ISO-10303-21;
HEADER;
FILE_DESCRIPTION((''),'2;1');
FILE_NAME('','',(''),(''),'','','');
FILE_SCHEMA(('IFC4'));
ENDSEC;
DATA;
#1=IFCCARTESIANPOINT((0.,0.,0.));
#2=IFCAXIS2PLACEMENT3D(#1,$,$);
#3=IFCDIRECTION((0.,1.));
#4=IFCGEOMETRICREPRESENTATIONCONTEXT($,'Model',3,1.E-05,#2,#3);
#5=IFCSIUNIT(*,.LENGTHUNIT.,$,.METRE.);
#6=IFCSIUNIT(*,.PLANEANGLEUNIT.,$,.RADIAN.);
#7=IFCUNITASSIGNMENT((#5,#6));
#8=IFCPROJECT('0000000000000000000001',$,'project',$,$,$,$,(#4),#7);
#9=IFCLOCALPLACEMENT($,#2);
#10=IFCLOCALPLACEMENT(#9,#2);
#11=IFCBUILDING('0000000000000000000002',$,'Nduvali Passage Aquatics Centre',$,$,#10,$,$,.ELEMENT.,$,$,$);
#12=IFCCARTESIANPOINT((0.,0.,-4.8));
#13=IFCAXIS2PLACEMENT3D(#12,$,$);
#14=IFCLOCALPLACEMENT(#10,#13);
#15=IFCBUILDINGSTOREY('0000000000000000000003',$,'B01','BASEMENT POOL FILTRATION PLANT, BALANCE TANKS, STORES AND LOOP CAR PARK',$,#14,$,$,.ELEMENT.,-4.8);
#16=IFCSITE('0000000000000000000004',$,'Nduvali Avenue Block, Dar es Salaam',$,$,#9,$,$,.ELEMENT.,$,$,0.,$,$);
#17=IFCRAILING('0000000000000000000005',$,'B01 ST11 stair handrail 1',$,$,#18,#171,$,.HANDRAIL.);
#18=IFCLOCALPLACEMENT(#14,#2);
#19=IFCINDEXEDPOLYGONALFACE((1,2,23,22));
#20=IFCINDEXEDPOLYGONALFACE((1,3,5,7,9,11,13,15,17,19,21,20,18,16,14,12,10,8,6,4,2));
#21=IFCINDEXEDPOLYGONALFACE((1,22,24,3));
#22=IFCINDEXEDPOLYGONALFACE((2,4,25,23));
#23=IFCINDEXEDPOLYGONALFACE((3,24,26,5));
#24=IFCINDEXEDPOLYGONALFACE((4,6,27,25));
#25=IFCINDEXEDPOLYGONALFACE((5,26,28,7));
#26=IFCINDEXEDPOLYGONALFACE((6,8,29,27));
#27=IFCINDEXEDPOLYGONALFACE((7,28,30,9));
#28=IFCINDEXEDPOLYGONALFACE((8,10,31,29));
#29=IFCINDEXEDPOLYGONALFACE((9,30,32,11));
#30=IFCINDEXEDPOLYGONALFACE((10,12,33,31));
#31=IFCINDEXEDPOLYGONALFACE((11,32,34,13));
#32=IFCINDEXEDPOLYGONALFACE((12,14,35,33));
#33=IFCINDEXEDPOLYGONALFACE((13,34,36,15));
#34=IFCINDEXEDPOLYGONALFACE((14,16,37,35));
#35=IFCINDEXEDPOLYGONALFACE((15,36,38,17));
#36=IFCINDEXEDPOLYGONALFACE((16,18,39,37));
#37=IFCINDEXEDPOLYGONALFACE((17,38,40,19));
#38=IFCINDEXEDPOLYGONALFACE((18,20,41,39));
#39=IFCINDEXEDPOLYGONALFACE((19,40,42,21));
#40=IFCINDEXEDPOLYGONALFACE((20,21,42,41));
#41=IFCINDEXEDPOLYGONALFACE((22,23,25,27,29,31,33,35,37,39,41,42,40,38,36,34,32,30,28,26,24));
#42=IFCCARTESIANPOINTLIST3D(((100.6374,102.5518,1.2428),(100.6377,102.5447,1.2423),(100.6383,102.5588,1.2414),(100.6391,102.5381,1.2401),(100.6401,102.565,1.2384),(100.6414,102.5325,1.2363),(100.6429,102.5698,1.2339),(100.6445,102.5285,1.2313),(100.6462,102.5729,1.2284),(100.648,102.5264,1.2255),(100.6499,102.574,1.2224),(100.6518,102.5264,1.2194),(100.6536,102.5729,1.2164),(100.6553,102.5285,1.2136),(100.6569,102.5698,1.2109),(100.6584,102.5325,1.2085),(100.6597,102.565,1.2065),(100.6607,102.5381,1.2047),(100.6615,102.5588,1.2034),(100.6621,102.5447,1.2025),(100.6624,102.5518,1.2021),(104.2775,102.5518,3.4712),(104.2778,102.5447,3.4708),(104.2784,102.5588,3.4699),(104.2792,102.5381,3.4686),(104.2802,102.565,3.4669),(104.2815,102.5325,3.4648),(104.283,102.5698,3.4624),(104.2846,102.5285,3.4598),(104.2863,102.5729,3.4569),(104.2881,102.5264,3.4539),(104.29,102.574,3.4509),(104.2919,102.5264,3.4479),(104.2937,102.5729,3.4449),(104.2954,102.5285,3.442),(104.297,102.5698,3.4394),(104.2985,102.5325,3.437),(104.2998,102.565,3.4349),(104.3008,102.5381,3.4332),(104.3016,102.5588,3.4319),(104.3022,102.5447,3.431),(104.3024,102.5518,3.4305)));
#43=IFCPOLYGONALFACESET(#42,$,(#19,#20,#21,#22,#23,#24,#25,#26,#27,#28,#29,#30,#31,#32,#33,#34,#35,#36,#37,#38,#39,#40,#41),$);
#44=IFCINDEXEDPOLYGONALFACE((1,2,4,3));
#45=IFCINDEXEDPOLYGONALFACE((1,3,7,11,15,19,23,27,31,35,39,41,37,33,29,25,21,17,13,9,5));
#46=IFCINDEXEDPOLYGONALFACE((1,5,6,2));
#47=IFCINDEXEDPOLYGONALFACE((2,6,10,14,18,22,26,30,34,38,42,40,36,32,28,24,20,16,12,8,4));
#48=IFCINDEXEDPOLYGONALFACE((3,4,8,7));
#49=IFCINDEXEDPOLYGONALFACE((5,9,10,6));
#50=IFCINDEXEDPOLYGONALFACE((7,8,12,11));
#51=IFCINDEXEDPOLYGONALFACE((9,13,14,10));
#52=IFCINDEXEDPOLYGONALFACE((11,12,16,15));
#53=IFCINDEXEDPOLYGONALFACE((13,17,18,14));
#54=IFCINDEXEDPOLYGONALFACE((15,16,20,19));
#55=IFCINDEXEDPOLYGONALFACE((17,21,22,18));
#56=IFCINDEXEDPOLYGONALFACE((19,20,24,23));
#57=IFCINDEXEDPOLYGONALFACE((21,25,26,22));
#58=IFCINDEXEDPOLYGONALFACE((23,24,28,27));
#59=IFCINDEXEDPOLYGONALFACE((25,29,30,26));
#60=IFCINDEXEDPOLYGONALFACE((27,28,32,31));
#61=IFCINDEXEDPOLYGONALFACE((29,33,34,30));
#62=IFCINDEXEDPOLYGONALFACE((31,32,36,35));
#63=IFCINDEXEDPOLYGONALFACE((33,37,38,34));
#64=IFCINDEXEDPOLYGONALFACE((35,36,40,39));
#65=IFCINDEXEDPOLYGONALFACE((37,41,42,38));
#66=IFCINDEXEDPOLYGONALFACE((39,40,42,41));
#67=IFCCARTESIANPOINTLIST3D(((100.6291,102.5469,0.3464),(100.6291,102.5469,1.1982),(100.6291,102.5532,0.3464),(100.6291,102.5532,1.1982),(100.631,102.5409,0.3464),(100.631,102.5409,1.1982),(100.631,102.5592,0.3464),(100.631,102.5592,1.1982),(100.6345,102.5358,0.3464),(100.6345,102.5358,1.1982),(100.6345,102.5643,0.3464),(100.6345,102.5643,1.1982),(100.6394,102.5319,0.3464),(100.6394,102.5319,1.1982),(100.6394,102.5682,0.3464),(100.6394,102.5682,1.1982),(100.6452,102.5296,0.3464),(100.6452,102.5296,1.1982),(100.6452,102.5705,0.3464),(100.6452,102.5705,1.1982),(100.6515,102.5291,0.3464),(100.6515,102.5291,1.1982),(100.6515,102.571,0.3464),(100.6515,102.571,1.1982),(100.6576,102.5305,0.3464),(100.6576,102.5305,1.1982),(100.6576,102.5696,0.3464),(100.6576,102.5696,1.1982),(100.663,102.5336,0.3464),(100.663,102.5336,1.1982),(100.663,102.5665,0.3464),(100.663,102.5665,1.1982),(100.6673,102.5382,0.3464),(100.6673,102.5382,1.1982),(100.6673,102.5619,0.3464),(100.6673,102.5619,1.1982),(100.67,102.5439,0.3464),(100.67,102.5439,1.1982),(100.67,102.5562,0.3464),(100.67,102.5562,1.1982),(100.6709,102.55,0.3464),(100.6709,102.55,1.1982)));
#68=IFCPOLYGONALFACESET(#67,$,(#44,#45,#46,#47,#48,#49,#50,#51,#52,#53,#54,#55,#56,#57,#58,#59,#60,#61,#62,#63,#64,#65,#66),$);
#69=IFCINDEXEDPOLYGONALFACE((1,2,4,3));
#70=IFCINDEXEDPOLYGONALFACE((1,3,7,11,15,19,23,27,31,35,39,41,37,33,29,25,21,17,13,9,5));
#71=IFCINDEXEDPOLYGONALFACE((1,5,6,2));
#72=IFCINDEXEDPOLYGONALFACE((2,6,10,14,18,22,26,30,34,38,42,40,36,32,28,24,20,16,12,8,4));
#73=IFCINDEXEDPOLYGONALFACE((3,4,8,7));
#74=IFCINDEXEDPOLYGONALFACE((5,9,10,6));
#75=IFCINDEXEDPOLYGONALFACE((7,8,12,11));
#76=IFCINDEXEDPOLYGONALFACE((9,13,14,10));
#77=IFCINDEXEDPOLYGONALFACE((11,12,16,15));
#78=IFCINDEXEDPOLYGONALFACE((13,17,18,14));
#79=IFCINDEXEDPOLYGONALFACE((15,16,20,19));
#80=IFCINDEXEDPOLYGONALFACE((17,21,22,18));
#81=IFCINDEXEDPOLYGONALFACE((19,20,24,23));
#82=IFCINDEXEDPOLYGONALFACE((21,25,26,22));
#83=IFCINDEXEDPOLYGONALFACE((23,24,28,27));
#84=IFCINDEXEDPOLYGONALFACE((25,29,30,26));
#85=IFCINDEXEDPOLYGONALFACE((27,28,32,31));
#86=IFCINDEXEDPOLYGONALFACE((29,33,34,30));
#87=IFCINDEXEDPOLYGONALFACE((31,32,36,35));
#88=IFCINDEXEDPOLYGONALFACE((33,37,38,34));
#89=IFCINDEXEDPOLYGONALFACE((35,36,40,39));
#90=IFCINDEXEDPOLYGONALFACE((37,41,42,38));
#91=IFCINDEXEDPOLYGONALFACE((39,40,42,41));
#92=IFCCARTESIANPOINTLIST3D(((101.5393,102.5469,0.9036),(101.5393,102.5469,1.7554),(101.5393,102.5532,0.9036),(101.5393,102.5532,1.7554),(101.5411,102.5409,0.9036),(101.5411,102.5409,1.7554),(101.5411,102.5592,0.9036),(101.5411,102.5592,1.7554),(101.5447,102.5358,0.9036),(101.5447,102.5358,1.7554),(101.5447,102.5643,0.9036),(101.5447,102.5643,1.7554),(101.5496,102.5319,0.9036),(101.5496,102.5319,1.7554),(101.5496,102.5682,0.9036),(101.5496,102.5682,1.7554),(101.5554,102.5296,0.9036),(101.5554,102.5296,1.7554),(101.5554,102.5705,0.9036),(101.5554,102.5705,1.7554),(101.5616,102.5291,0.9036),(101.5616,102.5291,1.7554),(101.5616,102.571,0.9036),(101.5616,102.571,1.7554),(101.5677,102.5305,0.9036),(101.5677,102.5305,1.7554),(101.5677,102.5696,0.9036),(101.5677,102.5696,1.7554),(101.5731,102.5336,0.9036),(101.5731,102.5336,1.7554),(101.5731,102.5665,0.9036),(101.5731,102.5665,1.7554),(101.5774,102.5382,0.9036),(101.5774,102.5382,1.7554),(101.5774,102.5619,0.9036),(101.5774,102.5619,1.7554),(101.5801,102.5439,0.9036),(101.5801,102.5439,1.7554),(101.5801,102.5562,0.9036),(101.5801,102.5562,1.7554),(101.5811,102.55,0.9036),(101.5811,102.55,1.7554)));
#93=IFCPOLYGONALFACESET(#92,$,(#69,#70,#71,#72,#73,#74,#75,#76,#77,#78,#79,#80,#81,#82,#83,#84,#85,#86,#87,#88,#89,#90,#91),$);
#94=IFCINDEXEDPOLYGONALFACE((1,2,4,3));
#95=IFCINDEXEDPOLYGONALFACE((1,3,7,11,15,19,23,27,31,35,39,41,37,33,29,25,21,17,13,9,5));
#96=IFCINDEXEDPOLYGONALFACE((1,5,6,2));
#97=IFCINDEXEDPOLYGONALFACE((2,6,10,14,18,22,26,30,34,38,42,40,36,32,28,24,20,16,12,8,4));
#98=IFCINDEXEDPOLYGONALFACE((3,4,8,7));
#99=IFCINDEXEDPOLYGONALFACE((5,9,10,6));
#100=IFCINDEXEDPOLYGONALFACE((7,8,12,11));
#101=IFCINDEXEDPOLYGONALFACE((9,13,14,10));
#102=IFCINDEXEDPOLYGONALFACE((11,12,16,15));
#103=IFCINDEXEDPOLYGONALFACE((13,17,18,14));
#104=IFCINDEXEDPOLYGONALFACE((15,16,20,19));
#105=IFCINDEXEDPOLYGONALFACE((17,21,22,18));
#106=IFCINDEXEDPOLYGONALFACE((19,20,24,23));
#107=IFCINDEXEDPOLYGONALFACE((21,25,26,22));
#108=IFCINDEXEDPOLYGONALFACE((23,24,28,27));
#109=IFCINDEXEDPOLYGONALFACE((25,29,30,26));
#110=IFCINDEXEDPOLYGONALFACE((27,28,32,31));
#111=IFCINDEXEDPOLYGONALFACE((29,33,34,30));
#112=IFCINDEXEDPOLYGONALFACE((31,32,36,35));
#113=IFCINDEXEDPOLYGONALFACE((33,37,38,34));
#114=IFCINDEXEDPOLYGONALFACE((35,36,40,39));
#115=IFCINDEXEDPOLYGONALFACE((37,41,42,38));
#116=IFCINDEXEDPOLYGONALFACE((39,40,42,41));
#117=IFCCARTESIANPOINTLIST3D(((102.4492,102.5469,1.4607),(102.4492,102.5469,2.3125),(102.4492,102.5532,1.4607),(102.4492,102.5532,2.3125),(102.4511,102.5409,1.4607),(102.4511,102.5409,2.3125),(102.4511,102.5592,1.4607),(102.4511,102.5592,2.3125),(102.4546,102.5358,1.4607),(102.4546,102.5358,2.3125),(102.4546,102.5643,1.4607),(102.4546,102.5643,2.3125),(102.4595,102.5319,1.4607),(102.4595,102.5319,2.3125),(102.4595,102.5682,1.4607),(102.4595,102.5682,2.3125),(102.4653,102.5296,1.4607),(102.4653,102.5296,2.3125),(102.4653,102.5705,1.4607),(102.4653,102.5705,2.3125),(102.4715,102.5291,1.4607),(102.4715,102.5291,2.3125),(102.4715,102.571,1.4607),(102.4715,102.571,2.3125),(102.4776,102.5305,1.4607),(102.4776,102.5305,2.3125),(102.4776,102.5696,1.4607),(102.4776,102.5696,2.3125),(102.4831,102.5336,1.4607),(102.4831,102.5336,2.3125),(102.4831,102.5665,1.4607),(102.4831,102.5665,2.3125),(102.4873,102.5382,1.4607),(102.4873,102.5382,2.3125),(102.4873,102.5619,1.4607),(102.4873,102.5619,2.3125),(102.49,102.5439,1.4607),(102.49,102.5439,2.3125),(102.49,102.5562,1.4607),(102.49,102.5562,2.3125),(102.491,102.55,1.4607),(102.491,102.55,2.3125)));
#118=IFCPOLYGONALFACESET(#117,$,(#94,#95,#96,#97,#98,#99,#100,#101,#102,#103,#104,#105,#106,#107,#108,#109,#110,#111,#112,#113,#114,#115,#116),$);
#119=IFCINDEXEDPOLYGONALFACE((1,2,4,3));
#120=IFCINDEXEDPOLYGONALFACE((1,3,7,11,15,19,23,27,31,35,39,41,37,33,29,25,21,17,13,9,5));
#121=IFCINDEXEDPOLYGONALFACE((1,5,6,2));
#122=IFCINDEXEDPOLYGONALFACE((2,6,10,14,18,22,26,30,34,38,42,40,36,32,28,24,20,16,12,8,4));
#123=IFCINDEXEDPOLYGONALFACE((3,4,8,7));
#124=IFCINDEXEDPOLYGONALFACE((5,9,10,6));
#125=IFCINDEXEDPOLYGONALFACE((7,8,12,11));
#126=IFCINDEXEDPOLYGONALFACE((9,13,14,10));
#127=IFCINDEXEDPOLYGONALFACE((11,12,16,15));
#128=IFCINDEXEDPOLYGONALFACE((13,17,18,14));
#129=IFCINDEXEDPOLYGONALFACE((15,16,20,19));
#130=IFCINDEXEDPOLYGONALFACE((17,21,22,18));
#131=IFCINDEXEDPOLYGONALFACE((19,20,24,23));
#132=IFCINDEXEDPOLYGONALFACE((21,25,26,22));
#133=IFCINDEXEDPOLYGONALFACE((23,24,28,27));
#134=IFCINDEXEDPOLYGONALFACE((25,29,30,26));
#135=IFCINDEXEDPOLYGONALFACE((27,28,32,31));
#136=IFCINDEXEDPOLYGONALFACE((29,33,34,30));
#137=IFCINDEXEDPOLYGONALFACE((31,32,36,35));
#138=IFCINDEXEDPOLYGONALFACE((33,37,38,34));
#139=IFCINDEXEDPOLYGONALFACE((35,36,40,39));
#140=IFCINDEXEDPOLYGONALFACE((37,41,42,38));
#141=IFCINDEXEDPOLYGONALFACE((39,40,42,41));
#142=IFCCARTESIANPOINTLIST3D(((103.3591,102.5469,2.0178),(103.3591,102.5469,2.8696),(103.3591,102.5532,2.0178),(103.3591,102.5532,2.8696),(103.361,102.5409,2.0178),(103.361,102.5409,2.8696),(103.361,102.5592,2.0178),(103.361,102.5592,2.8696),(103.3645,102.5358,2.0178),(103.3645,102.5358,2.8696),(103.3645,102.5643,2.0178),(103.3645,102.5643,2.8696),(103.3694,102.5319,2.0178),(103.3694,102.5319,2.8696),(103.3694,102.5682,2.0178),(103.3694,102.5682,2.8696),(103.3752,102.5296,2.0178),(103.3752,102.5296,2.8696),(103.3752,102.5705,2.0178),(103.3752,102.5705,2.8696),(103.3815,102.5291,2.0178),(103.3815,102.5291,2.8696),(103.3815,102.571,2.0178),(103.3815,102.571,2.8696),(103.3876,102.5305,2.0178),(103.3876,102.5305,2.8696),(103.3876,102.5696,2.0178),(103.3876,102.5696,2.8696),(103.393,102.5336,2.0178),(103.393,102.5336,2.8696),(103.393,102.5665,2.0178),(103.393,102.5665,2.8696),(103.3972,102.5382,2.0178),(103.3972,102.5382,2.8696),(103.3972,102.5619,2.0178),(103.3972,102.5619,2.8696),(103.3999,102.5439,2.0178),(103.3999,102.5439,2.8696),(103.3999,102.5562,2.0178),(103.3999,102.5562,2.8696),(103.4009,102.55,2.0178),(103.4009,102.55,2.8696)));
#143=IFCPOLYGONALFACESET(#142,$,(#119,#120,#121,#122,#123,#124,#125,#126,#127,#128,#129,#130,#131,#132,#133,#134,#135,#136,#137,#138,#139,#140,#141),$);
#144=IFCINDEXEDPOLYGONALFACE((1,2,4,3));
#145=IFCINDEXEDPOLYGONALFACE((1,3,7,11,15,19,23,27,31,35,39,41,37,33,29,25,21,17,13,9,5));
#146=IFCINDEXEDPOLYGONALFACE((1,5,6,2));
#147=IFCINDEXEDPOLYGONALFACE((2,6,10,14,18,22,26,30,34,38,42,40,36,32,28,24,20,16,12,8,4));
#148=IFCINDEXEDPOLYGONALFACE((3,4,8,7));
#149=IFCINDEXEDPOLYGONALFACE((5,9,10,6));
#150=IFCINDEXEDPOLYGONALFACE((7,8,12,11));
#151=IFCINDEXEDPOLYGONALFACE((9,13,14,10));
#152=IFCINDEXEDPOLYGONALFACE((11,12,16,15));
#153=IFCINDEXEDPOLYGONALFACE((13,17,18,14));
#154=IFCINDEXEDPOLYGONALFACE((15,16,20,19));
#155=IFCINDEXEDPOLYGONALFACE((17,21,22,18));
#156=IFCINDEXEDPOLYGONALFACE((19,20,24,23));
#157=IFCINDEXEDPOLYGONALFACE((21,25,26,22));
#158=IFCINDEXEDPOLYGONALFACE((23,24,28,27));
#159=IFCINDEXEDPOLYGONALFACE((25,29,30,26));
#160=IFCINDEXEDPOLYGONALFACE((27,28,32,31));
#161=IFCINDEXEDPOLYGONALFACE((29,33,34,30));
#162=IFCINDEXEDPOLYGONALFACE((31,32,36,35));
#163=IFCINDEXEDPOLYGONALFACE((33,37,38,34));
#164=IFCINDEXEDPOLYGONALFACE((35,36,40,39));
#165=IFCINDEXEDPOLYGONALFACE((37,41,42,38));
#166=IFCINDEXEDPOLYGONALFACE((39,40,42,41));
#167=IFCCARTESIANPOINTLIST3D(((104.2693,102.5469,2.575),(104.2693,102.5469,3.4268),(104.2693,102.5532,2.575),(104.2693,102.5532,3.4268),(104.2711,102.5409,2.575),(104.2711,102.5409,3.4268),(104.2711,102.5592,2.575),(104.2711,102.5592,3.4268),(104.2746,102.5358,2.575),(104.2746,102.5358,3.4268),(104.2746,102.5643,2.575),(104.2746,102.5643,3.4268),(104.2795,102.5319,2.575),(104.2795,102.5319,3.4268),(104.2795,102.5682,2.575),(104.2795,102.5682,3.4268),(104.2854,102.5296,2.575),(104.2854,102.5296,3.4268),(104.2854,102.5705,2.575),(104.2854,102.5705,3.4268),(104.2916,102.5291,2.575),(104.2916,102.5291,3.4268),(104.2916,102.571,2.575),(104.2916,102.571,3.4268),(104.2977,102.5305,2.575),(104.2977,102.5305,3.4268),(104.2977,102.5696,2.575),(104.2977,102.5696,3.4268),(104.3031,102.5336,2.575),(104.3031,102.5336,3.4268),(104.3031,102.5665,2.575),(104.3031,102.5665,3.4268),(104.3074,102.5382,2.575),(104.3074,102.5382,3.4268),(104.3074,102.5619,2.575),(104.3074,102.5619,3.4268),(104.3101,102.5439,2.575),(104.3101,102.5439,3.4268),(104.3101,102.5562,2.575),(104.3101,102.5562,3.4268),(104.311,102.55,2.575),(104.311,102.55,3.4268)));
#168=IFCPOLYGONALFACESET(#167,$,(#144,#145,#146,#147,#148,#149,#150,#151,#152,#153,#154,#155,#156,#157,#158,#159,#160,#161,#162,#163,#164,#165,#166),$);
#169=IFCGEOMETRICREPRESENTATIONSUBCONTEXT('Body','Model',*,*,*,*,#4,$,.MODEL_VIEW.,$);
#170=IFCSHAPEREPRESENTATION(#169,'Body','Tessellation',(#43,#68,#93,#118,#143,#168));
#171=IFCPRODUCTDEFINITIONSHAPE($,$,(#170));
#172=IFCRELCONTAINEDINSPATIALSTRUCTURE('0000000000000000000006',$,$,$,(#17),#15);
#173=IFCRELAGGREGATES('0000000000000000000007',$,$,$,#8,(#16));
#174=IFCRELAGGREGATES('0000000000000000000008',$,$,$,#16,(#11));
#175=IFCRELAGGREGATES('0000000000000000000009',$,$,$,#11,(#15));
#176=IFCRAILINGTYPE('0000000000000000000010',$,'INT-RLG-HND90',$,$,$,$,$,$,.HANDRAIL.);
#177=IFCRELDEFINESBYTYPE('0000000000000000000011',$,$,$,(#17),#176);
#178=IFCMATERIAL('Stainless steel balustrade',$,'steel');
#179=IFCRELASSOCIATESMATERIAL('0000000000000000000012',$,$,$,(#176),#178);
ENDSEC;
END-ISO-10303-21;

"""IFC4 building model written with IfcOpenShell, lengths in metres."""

from ifc_helpers import new_model, si_unit, direction, frame, origin, origin_2d, place, context, subcontext, project, spatial, circle, extrude, material, type_object, element, save


model = new_model("IFC4")

# Units and contexts
model_context = context("Model", 3, precision=1e-05, world=origin(), true_north=direction((0.0, 1.0)))
body_context = subcontext(model_context, "Body", "Model", "MODEL_VIEW")
ifc_project = project(units=[si_unit("LENGTHUNIT", "METRE"), si_unit("PLANEANGLEUNIT", "RADIAN")], contexts=[model_context])

# Site, building, storey
site_placement = place(None, origin())
site = spatial("IfcSite", under=ifc_project, at=site_placement, Name="Nduvali Avenue Block, Dar es Salaam", CompositionType="ELEMENT", RefElevation=0.0)
building_placement = place(site_placement, origin())
building = spatial("IfcBuilding", under=site, at=building_placement, Name="Nduvali Passage Aquatics Centre", CompositionType="ELEMENT")
storey_placement = place(building_placement, frame((0.0, 0.0, -4.8)))
storey = spatial("IfcBuildingStorey", under=building, at=storey_placement, Name="B01", Description="BASEMENT POOL FILTRATION PLANT, BALANCE TANKS, STORES AND LOOP CAR PARK", CompositionType="ELEMENT", Elevation=-4.8)

# Railing
ifc_material_1 = material(Name="Stainless steel balustrade", Category="steel")
railing_type_1 = type_object("IfcRailingType", Name="INT-RLG-HND90", PredefinedType="HANDRAIL", material=ifc_material_1)
railing_1_placement = place(storey_placement, frame((100.6499, 102.55, 0.3464)))
element("IfcRailing", 1, at=railing_1_placement, inside=storey, type_object=railing_type_1, Name="B01 ST11 stair handrail 1", PredefinedType="HANDRAIL", context=body_context, shape_type="SweptSolid", body=[
    extrude(circle(Radius=0.0239, at=origin_2d()), frame((0.0, 0.0, 0.876), z_axis=(0.852866, 0.0, 0.52213), x_axis=(0.0, 1.0, 0.0)), (0.0, 0.0, 1.0), 4.2681),
    extrude(circle(Radius=0.021, at=origin_2d()), origin(), (0.0, 0.0, 1.0), 0.8518),
    extrude(circle(Radius=0.021, at=origin_2d()), frame((0.9102, 0.0, 0.5571)), (0.0, 0.0, 1.0), 0.8518),
    extrude(circle(Radius=0.021, at=origin_2d()), frame((1.8201, 0.0, 1.1143)), (0.0, 0.0, 1.0), 0.8518),
    extrude(circle(Radius=0.021, at=origin_2d()), frame((2.73, 0.0, 1.6714)), (0.0, 0.0, 1.0), 0.8518),
    extrude(circle(Radius=0.021, at=origin_2d()), frame((3.6401, 0.0, 2.2285)), (0.0, 0.0, 1.0), 0.8518),
])

save(model, "model.ifc")
